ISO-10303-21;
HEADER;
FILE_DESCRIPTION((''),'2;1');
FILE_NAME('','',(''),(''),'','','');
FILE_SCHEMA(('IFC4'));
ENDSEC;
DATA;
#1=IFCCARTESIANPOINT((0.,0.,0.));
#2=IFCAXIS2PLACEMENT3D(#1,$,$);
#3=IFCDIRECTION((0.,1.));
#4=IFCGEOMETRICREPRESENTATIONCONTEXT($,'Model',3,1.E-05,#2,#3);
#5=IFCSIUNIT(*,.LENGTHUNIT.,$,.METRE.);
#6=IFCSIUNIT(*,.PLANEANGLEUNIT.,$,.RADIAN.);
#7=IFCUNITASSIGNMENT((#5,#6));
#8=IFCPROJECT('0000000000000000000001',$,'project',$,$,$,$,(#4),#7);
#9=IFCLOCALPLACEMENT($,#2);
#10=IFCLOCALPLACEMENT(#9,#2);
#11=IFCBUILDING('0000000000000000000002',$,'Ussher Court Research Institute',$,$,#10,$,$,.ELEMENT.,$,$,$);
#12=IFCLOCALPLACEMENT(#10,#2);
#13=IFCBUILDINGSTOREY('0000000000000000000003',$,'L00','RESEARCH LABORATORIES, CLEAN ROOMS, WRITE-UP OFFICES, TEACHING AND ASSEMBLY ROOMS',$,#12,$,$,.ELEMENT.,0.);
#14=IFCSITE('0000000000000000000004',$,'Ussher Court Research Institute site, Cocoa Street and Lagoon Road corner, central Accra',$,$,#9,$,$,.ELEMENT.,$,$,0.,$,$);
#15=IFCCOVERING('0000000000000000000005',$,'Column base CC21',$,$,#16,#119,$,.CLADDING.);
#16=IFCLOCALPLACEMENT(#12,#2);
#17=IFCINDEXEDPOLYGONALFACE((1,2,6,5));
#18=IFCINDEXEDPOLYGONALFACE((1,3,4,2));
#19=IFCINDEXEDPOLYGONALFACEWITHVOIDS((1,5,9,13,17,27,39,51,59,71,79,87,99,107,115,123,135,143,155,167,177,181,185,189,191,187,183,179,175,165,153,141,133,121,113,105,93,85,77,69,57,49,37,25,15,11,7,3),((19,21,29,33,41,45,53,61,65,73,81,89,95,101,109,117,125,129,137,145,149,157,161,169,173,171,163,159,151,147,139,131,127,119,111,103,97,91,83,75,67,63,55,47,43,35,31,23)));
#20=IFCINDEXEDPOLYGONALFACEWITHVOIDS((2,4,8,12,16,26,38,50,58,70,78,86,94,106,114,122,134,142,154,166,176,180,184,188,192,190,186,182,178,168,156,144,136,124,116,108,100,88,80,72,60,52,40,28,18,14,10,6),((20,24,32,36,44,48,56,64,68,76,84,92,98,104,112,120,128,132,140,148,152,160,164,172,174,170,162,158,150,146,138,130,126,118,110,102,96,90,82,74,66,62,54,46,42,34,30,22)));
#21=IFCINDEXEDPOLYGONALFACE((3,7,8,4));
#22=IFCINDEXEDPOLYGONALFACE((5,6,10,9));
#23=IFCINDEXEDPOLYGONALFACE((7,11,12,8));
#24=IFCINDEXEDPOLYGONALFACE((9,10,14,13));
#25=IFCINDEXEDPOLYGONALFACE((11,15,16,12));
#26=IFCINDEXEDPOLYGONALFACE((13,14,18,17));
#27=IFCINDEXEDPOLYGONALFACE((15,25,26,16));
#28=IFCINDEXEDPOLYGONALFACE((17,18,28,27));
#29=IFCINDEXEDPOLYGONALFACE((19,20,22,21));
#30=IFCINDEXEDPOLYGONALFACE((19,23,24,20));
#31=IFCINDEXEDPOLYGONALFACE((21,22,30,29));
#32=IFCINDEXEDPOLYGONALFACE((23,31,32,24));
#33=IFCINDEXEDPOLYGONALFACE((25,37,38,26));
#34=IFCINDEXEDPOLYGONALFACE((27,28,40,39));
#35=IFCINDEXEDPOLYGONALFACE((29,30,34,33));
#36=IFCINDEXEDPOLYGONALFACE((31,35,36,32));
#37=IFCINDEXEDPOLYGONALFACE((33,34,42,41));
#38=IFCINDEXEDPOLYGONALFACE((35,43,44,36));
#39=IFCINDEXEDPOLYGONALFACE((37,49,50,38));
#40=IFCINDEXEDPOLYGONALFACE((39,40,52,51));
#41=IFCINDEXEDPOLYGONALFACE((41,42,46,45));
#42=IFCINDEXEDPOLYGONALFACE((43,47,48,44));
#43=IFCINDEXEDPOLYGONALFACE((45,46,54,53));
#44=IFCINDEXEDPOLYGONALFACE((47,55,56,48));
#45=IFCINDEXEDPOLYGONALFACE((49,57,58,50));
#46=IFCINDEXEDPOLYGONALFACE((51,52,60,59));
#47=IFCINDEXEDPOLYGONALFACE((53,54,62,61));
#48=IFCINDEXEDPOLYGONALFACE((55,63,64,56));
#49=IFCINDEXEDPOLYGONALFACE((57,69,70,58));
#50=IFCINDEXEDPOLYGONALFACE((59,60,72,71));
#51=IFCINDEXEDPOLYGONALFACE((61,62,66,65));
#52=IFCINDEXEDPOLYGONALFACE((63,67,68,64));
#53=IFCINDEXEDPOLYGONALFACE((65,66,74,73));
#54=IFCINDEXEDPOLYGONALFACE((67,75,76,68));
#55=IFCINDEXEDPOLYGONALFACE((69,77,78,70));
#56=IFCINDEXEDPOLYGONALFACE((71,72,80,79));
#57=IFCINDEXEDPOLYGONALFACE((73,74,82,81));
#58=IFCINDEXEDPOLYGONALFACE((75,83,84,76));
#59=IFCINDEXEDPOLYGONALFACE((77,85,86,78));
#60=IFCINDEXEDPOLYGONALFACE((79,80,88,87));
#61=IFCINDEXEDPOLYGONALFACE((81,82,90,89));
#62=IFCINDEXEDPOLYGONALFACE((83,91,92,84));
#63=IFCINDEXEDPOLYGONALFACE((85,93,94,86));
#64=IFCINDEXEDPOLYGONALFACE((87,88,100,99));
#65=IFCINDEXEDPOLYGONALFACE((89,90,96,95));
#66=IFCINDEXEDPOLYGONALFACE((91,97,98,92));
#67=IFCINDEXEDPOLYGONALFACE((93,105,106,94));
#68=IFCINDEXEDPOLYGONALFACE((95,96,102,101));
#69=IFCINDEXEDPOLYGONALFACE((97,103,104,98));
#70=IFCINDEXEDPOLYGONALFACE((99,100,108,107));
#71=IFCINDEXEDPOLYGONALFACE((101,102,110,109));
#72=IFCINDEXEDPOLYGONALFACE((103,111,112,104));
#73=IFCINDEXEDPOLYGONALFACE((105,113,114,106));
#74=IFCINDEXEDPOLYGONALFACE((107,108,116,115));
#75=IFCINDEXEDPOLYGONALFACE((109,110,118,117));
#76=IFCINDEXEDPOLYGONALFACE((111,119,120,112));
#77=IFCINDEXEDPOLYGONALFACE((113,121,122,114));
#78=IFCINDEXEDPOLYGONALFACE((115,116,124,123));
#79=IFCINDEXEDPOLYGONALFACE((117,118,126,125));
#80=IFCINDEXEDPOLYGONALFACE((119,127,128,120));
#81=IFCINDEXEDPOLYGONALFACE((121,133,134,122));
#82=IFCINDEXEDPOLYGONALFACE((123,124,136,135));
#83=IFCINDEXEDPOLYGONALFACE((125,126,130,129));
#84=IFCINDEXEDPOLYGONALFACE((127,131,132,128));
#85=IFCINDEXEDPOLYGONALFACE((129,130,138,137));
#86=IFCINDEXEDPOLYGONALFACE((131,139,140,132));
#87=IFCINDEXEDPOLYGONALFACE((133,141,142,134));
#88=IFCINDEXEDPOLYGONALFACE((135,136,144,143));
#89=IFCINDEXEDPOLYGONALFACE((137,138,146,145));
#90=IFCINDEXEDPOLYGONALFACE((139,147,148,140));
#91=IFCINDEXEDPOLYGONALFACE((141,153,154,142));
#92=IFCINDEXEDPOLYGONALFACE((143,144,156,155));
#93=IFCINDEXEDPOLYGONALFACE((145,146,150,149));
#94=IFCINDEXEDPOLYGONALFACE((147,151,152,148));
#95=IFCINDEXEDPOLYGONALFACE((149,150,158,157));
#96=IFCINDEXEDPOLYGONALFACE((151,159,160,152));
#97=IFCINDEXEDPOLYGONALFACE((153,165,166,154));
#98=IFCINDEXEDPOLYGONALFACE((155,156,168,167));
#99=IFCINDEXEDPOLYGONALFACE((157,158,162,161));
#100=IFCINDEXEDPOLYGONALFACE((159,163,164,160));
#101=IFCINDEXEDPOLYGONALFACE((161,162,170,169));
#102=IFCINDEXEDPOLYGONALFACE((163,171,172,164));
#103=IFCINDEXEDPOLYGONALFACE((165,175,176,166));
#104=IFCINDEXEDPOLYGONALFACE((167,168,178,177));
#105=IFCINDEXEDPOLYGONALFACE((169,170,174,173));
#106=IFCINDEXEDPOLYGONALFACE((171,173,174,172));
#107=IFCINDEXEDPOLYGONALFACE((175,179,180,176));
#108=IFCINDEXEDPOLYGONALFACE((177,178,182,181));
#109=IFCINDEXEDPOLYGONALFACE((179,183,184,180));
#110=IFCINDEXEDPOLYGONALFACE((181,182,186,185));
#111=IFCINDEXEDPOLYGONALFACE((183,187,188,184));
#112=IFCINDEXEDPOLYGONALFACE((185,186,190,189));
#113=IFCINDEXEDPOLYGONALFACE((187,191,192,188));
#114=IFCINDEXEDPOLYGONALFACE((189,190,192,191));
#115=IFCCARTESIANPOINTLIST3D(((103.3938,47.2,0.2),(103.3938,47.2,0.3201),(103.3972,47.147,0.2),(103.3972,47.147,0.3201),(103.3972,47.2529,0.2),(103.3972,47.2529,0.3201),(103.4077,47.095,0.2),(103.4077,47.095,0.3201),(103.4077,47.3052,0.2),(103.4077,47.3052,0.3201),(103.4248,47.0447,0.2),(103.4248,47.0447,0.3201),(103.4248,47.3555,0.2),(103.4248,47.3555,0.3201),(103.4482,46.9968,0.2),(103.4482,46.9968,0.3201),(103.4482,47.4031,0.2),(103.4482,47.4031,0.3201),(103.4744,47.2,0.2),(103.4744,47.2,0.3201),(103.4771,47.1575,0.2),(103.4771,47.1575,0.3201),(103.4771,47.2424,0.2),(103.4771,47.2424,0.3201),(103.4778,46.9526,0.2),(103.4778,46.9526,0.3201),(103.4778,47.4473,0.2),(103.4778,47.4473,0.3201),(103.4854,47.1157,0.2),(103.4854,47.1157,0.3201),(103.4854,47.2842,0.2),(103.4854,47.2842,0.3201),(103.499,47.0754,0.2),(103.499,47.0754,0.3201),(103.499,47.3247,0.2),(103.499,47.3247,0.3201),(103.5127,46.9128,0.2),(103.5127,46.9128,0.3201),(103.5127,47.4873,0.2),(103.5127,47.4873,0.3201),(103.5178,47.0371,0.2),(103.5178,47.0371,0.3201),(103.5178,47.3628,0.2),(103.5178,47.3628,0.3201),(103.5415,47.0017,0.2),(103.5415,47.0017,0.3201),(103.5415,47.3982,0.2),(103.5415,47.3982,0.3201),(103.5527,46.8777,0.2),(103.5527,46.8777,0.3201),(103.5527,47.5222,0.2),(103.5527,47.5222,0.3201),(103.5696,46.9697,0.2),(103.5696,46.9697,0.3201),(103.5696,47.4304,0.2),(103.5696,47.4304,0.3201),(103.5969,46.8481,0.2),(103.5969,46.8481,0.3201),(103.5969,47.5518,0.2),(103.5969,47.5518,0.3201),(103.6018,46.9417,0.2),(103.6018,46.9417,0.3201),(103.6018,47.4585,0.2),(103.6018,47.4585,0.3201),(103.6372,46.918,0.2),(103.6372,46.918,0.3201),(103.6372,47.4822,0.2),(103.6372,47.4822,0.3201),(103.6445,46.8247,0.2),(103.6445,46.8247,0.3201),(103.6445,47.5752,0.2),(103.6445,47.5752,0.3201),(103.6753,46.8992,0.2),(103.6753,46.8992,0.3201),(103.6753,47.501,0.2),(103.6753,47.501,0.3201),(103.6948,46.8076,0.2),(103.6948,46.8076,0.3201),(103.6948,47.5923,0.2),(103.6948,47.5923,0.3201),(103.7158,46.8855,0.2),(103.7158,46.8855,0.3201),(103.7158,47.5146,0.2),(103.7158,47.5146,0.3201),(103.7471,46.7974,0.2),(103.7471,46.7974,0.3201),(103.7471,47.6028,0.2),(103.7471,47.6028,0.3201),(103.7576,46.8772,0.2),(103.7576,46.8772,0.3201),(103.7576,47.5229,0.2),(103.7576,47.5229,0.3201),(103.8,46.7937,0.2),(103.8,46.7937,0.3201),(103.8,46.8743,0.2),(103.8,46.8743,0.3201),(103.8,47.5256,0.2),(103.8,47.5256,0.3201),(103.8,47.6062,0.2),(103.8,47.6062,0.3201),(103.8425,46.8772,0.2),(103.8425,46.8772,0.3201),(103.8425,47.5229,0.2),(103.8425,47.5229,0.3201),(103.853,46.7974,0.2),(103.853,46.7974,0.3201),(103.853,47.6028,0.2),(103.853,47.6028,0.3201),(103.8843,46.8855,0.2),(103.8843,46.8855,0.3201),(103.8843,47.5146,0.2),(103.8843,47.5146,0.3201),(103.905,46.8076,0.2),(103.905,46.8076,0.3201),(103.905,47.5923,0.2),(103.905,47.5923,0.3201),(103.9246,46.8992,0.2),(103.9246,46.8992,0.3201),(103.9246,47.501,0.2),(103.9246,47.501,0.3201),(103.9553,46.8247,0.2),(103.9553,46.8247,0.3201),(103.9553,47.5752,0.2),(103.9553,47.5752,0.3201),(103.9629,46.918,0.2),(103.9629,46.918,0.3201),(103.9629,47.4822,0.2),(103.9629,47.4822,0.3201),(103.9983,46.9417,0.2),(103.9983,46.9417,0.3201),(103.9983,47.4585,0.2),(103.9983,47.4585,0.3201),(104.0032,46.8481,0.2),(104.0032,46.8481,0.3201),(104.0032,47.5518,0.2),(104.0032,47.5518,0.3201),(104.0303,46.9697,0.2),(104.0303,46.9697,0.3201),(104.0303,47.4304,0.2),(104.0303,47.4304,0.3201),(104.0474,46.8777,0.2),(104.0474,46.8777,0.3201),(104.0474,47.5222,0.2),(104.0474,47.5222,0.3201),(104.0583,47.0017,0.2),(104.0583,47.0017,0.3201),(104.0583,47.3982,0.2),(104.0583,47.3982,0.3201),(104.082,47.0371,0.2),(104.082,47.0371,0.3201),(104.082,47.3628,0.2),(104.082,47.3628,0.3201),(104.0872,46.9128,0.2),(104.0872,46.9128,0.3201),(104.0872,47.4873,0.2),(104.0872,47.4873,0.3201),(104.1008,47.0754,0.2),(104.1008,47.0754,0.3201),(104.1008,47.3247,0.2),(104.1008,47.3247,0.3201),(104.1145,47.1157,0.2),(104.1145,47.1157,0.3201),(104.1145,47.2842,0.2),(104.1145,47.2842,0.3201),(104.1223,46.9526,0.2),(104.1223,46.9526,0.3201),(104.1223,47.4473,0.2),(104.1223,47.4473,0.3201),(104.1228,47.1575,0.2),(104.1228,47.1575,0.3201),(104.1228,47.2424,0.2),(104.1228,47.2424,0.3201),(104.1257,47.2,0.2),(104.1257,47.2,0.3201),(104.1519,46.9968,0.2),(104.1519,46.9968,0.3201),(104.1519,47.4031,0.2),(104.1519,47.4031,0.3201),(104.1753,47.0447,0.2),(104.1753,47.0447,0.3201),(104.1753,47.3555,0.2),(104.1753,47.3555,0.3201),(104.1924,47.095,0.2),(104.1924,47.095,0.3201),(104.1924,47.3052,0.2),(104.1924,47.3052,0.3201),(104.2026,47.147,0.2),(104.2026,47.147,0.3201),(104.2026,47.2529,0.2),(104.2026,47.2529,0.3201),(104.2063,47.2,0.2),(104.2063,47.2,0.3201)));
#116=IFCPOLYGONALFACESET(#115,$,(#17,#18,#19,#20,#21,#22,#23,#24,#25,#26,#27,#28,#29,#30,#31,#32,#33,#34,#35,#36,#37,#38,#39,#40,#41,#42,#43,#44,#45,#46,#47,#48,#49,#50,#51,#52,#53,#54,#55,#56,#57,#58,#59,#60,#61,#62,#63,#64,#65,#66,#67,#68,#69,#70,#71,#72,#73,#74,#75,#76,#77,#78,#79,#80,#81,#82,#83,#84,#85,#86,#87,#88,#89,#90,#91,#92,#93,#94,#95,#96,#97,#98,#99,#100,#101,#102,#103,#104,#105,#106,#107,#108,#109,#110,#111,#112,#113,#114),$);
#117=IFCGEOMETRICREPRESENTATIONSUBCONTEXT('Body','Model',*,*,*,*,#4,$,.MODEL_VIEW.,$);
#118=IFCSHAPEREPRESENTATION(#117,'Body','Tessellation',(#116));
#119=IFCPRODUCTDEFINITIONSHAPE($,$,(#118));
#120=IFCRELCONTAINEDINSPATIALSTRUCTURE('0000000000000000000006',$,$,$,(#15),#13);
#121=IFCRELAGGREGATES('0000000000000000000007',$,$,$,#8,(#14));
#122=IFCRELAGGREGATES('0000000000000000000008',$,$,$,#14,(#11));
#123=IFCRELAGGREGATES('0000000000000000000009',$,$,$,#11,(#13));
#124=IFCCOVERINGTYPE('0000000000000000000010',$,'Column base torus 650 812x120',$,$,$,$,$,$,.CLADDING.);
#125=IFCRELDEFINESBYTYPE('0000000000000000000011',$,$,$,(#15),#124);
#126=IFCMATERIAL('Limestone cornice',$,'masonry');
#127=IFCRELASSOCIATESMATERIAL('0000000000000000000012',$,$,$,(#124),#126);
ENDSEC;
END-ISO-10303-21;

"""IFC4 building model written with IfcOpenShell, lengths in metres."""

from ifc_helpers import new_model, si_unit, direction, frame, origin, place, context, subcontext, project, spatial, polyline, outline, extrude, material, type_object, element, save


model = new_model("IFC4")

# Units and contexts
model_context = context("Model", 3, precision=1e-05, world=origin(), true_north=direction((0.0, 1.0)))
body_context = subcontext(model_context, "Body", "Model", "MODEL_VIEW")
ifc_project = project(units=[si_unit("LENGTHUNIT", "METRE"), si_unit("PLANEANGLEUNIT", "RADIAN")], contexts=[model_context])

# Site, building, storey
site_placement = place(None, origin())
site = spatial("IfcSite", under=ifc_project, at=site_placement, Name="Ussher Court Research Institute site, Cocoa Street and Lagoon Road corner, central Accra", CompositionType="ELEMENT", RefElevation=0.0)
building_placement = place(site_placement, origin())
building = spatial("IfcBuilding", under=site, at=building_placement, Name="Ussher Court Research Institute", CompositionType="ELEMENT")
storey_placement = place(building_placement, origin())
storey = spatial("IfcBuildingStorey", under=building, at=storey_placement, Name="L00", Description="RESEARCH LABORATORIES, CLEAN ROOMS, WRITE-UP OFFICES, TEACHING AND ASSEMBLY ROOMS", CompositionType="ELEMENT", Elevation=0.0)

# Covering
ifc_material_1 = material(Name="Limestone cornice", Category="masonry")
covering_type_1 = type_object("IfcCoveringType", Name="Column base torus 650 812x120", PredefinedType="CLADDING", material=ifc_material_1)
covering_1_placement = place(storey_placement, frame((0.0, 0.0, 0.2)))
element("IfcCovering", 1, at=covering_1_placement, inside=storey, type_object=covering_type_1, Name="Column base CC21", PredefinedType="CLADDING", context=body_context, shape_type="SweptSolid", body=[
    extrude(outline(polyline([(104.2063, 47.2), (104.2026, 47.2529), (104.1924, 47.3052), (104.1753, 47.3555), (104.1519, 47.4031), (104.1223, 47.4473), (104.0872, 47.4873), (104.0474, 47.5222), (104.0032, 47.5518), (103.9553, 47.5752), (103.905, 47.5923), (103.853, 47.6028), (103.8, 47.6062), (103.7471, 47.6028), (103.6948, 47.5923), (103.6445, 47.5752), (103.5969, 47.5518), (103.5527, 47.5222), (103.5127, 47.4873), (103.4778, 47.4473), (103.4482, 47.4031), (103.4248, 47.3555), (103.4077, 47.3052), (103.3972, 47.2529), (103.3938, 47.2), (103.3972, 47.147), (103.4077, 47.095), (103.4248, 47.0447), (103.4482, 46.9968), (103.4778, 46.9526), (103.5127, 46.9128), (103.5527, 46.8777), (103.5969, 46.8481), (103.6445, 46.8247), (103.6948, 46.8076), (103.7471, 46.7974), (103.8, 46.7937), (103.853, 46.7974), (103.905, 46.8076), (103.9553, 46.8247), (104.0032, 46.8481), (104.0474, 46.8777), (104.0872, 46.9128), (104.1223, 46.9526), (104.1519, 46.9968), (104.1753, 47.0447), (104.1924, 47.095), (104.2026, 47.147), (104.2063, 47.2)]), holes=[polyline([(104.1257, 47.2), (104.1228, 47.2424), (104.1145, 47.2842), (104.1008, 47.3247), (104.082, 47.3628), (104.0583, 47.3982), (104.0303, 47.4304), (103.9983, 47.4585), (103.9629, 47.4822), (103.9246, 47.501), (103.8843, 47.5146), (103.8425, 47.5229), (103.8, 47.5256), (103.7576, 47.5229), (103.7158, 47.5146), (103.6753, 47.501), (103.6372, 47.4822), (103.6018, 47.4585), (103.5696, 47.4304), (103.5415, 47.3982), (103.5178, 47.3628), (103.499, 47.3247), (103.4854, 47.2842), (103.4771, 47.2424), (103.4744, 47.2), (103.4771, 47.1575), (103.4854, 47.1157), (103.499, 47.0754), (103.5178, 47.0371), (103.5415, 47.0017), (103.5696, 46.9697), (103.6018, 46.9417), (103.6372, 46.918), (103.6753, 46.8992), (103.7158, 46.8855), (103.7576, 46.8772), (103.8, 46.8743), (103.8425, 46.8772), (103.8843, 46.8855), (103.9246, 46.8992), (103.9629, 46.918), (103.9983, 46.9417), (104.0303, 46.9697), (104.0583, 47.0017), (104.082, 47.0371), (104.1008, 47.0754), (104.1145, 47.1157), (104.1228, 47.1575), (104.1257, 47.2)])]), origin(), (0.0, 0.0, 1.0), 0.1201),
])

save(model, "model.ifc")
